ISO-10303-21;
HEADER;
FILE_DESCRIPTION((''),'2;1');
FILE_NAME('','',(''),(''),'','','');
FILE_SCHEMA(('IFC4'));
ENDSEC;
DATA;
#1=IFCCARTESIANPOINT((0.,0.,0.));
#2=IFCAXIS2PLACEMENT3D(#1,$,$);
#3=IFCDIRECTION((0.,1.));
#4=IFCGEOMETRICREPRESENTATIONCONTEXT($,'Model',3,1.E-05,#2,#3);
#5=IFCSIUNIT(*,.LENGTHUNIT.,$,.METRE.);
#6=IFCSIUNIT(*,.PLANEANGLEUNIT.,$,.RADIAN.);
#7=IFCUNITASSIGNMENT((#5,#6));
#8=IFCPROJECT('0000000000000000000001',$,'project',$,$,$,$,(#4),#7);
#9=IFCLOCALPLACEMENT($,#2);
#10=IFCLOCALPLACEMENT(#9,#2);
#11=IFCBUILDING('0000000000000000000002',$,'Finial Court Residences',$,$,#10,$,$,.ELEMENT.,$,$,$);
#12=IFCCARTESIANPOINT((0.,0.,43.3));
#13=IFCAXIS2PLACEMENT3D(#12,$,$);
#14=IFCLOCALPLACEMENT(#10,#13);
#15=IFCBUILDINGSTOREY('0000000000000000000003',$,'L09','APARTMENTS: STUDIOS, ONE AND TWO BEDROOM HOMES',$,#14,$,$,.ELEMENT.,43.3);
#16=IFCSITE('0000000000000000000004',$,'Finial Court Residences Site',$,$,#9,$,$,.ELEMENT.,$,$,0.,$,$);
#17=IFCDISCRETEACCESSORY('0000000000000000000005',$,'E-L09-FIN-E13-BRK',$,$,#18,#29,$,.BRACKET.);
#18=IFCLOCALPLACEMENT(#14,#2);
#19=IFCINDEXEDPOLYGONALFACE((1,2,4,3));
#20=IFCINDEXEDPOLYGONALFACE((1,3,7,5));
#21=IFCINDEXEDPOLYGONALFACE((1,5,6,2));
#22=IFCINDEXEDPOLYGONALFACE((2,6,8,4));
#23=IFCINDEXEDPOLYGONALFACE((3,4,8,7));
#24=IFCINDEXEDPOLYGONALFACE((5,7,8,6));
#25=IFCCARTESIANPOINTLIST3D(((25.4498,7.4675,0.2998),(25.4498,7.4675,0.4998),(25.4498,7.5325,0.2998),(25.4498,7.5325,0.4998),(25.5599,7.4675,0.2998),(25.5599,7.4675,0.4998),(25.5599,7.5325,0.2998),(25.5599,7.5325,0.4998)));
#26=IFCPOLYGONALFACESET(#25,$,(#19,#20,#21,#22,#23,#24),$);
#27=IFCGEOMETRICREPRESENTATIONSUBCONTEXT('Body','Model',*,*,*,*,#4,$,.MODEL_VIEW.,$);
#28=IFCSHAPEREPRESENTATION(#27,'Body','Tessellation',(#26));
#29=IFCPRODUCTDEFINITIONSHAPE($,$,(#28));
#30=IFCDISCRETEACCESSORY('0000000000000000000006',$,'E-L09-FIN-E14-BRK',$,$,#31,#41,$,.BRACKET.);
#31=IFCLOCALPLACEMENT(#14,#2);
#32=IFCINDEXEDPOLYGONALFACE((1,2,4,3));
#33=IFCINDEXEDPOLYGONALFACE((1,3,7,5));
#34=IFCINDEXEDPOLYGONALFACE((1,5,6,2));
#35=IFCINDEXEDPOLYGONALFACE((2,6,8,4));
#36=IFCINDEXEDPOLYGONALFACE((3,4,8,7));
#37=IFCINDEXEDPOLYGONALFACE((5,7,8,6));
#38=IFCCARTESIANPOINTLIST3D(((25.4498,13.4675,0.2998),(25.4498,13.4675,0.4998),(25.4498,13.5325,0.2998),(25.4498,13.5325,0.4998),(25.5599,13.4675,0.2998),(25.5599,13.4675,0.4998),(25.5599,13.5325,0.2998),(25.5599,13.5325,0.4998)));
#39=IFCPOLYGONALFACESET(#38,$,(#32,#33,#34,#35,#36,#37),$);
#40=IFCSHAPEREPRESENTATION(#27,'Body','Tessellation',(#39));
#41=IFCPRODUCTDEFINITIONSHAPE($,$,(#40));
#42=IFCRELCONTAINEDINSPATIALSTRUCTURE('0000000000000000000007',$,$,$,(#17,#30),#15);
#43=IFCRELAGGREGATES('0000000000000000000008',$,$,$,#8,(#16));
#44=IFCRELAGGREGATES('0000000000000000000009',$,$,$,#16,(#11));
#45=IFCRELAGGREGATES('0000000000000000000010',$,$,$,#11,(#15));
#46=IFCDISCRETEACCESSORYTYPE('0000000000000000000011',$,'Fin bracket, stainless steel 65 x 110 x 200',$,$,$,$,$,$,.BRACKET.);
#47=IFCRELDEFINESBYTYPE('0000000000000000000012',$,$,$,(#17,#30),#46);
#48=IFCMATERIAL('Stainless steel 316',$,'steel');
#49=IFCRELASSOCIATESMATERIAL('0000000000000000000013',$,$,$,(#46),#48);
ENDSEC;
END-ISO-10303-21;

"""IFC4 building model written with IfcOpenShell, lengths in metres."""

from ifc_helpers import new_model, si_unit, direction, frame, origin, origin_2d, place, context, subcontext, project, spatial, rectangle, extrude, material, type_object, element, save


model = new_model("IFC4")

# Units and contexts
model_context = context("Model", 3, precision=1e-05, world=origin(), true_north=direction((0.0, 1.0)))
body_context = subcontext(model_context, "Body", "Model", "MODEL_VIEW")
ifc_project = project(units=[si_unit("LENGTHUNIT", "METRE"), si_unit("PLANEANGLEUNIT", "RADIAN")], contexts=[model_context])

# Site, building, storey
site_placement = place(None, origin())
site = spatial("IfcSite", under=ifc_project, at=site_placement, Name="Finial Court Residences Site", CompositionType="ELEMENT", RefElevation=0.0)
building_placement = place(site_placement, origin())
building = spatial("IfcBuilding", under=site, at=building_placement, Name="Finial Court Residences", CompositionType="ELEMENT")
storey_placement = place(building_placement, frame((0.0, 0.0, 43.3)))
storey = spatial("IfcBuildingStorey", under=building, at=storey_placement, Name="L09", Description="APARTMENTS: STUDIOS, ONE AND TWO BEDROOM HOMES", CompositionType="ELEMENT", Elevation=43.3)

# Discrete accessories
ifc_material_1 = material(Name="Stainless steel 316", Category="steel")
discrete_accessory_type = type_object("IfcDiscreteAccessoryType", Name="Fin bracket, stainless steel 65 x 110 x 200", PredefinedType="BRACKET", material=ifc_material_1)
for number, where, z_axis, x_axis, name in (
    (1, (25.5049, 7.5, 0.2998), (0.0, 0.0, 1.0), (1.0, 0.0, 0.0), "E-L09-FIN-E13-BRK"),
    (2, (25.5049, 13.5, 0.2998), (0.0, 0.0, 1.0), (1.0, 0.0, 0.0), "E-L09-FIN-E14-BRK"),
):
    element("IfcDiscreteAccessory", number, at=place(storey_placement, frame(where, z_axis=z_axis, x_axis=x_axis)), inside=storey, type_object=discrete_accessory_type, Name=name, PredefinedType="BRACKET", context=body_context, shape_type="SweptSolid", body=[
        extrude(rectangle(XDim=0.1101, YDim=0.0649, at=origin_2d()), origin(), (0.0, 0.0, 1.0), 0.2),
    ])

save(model, "model.ifc")
